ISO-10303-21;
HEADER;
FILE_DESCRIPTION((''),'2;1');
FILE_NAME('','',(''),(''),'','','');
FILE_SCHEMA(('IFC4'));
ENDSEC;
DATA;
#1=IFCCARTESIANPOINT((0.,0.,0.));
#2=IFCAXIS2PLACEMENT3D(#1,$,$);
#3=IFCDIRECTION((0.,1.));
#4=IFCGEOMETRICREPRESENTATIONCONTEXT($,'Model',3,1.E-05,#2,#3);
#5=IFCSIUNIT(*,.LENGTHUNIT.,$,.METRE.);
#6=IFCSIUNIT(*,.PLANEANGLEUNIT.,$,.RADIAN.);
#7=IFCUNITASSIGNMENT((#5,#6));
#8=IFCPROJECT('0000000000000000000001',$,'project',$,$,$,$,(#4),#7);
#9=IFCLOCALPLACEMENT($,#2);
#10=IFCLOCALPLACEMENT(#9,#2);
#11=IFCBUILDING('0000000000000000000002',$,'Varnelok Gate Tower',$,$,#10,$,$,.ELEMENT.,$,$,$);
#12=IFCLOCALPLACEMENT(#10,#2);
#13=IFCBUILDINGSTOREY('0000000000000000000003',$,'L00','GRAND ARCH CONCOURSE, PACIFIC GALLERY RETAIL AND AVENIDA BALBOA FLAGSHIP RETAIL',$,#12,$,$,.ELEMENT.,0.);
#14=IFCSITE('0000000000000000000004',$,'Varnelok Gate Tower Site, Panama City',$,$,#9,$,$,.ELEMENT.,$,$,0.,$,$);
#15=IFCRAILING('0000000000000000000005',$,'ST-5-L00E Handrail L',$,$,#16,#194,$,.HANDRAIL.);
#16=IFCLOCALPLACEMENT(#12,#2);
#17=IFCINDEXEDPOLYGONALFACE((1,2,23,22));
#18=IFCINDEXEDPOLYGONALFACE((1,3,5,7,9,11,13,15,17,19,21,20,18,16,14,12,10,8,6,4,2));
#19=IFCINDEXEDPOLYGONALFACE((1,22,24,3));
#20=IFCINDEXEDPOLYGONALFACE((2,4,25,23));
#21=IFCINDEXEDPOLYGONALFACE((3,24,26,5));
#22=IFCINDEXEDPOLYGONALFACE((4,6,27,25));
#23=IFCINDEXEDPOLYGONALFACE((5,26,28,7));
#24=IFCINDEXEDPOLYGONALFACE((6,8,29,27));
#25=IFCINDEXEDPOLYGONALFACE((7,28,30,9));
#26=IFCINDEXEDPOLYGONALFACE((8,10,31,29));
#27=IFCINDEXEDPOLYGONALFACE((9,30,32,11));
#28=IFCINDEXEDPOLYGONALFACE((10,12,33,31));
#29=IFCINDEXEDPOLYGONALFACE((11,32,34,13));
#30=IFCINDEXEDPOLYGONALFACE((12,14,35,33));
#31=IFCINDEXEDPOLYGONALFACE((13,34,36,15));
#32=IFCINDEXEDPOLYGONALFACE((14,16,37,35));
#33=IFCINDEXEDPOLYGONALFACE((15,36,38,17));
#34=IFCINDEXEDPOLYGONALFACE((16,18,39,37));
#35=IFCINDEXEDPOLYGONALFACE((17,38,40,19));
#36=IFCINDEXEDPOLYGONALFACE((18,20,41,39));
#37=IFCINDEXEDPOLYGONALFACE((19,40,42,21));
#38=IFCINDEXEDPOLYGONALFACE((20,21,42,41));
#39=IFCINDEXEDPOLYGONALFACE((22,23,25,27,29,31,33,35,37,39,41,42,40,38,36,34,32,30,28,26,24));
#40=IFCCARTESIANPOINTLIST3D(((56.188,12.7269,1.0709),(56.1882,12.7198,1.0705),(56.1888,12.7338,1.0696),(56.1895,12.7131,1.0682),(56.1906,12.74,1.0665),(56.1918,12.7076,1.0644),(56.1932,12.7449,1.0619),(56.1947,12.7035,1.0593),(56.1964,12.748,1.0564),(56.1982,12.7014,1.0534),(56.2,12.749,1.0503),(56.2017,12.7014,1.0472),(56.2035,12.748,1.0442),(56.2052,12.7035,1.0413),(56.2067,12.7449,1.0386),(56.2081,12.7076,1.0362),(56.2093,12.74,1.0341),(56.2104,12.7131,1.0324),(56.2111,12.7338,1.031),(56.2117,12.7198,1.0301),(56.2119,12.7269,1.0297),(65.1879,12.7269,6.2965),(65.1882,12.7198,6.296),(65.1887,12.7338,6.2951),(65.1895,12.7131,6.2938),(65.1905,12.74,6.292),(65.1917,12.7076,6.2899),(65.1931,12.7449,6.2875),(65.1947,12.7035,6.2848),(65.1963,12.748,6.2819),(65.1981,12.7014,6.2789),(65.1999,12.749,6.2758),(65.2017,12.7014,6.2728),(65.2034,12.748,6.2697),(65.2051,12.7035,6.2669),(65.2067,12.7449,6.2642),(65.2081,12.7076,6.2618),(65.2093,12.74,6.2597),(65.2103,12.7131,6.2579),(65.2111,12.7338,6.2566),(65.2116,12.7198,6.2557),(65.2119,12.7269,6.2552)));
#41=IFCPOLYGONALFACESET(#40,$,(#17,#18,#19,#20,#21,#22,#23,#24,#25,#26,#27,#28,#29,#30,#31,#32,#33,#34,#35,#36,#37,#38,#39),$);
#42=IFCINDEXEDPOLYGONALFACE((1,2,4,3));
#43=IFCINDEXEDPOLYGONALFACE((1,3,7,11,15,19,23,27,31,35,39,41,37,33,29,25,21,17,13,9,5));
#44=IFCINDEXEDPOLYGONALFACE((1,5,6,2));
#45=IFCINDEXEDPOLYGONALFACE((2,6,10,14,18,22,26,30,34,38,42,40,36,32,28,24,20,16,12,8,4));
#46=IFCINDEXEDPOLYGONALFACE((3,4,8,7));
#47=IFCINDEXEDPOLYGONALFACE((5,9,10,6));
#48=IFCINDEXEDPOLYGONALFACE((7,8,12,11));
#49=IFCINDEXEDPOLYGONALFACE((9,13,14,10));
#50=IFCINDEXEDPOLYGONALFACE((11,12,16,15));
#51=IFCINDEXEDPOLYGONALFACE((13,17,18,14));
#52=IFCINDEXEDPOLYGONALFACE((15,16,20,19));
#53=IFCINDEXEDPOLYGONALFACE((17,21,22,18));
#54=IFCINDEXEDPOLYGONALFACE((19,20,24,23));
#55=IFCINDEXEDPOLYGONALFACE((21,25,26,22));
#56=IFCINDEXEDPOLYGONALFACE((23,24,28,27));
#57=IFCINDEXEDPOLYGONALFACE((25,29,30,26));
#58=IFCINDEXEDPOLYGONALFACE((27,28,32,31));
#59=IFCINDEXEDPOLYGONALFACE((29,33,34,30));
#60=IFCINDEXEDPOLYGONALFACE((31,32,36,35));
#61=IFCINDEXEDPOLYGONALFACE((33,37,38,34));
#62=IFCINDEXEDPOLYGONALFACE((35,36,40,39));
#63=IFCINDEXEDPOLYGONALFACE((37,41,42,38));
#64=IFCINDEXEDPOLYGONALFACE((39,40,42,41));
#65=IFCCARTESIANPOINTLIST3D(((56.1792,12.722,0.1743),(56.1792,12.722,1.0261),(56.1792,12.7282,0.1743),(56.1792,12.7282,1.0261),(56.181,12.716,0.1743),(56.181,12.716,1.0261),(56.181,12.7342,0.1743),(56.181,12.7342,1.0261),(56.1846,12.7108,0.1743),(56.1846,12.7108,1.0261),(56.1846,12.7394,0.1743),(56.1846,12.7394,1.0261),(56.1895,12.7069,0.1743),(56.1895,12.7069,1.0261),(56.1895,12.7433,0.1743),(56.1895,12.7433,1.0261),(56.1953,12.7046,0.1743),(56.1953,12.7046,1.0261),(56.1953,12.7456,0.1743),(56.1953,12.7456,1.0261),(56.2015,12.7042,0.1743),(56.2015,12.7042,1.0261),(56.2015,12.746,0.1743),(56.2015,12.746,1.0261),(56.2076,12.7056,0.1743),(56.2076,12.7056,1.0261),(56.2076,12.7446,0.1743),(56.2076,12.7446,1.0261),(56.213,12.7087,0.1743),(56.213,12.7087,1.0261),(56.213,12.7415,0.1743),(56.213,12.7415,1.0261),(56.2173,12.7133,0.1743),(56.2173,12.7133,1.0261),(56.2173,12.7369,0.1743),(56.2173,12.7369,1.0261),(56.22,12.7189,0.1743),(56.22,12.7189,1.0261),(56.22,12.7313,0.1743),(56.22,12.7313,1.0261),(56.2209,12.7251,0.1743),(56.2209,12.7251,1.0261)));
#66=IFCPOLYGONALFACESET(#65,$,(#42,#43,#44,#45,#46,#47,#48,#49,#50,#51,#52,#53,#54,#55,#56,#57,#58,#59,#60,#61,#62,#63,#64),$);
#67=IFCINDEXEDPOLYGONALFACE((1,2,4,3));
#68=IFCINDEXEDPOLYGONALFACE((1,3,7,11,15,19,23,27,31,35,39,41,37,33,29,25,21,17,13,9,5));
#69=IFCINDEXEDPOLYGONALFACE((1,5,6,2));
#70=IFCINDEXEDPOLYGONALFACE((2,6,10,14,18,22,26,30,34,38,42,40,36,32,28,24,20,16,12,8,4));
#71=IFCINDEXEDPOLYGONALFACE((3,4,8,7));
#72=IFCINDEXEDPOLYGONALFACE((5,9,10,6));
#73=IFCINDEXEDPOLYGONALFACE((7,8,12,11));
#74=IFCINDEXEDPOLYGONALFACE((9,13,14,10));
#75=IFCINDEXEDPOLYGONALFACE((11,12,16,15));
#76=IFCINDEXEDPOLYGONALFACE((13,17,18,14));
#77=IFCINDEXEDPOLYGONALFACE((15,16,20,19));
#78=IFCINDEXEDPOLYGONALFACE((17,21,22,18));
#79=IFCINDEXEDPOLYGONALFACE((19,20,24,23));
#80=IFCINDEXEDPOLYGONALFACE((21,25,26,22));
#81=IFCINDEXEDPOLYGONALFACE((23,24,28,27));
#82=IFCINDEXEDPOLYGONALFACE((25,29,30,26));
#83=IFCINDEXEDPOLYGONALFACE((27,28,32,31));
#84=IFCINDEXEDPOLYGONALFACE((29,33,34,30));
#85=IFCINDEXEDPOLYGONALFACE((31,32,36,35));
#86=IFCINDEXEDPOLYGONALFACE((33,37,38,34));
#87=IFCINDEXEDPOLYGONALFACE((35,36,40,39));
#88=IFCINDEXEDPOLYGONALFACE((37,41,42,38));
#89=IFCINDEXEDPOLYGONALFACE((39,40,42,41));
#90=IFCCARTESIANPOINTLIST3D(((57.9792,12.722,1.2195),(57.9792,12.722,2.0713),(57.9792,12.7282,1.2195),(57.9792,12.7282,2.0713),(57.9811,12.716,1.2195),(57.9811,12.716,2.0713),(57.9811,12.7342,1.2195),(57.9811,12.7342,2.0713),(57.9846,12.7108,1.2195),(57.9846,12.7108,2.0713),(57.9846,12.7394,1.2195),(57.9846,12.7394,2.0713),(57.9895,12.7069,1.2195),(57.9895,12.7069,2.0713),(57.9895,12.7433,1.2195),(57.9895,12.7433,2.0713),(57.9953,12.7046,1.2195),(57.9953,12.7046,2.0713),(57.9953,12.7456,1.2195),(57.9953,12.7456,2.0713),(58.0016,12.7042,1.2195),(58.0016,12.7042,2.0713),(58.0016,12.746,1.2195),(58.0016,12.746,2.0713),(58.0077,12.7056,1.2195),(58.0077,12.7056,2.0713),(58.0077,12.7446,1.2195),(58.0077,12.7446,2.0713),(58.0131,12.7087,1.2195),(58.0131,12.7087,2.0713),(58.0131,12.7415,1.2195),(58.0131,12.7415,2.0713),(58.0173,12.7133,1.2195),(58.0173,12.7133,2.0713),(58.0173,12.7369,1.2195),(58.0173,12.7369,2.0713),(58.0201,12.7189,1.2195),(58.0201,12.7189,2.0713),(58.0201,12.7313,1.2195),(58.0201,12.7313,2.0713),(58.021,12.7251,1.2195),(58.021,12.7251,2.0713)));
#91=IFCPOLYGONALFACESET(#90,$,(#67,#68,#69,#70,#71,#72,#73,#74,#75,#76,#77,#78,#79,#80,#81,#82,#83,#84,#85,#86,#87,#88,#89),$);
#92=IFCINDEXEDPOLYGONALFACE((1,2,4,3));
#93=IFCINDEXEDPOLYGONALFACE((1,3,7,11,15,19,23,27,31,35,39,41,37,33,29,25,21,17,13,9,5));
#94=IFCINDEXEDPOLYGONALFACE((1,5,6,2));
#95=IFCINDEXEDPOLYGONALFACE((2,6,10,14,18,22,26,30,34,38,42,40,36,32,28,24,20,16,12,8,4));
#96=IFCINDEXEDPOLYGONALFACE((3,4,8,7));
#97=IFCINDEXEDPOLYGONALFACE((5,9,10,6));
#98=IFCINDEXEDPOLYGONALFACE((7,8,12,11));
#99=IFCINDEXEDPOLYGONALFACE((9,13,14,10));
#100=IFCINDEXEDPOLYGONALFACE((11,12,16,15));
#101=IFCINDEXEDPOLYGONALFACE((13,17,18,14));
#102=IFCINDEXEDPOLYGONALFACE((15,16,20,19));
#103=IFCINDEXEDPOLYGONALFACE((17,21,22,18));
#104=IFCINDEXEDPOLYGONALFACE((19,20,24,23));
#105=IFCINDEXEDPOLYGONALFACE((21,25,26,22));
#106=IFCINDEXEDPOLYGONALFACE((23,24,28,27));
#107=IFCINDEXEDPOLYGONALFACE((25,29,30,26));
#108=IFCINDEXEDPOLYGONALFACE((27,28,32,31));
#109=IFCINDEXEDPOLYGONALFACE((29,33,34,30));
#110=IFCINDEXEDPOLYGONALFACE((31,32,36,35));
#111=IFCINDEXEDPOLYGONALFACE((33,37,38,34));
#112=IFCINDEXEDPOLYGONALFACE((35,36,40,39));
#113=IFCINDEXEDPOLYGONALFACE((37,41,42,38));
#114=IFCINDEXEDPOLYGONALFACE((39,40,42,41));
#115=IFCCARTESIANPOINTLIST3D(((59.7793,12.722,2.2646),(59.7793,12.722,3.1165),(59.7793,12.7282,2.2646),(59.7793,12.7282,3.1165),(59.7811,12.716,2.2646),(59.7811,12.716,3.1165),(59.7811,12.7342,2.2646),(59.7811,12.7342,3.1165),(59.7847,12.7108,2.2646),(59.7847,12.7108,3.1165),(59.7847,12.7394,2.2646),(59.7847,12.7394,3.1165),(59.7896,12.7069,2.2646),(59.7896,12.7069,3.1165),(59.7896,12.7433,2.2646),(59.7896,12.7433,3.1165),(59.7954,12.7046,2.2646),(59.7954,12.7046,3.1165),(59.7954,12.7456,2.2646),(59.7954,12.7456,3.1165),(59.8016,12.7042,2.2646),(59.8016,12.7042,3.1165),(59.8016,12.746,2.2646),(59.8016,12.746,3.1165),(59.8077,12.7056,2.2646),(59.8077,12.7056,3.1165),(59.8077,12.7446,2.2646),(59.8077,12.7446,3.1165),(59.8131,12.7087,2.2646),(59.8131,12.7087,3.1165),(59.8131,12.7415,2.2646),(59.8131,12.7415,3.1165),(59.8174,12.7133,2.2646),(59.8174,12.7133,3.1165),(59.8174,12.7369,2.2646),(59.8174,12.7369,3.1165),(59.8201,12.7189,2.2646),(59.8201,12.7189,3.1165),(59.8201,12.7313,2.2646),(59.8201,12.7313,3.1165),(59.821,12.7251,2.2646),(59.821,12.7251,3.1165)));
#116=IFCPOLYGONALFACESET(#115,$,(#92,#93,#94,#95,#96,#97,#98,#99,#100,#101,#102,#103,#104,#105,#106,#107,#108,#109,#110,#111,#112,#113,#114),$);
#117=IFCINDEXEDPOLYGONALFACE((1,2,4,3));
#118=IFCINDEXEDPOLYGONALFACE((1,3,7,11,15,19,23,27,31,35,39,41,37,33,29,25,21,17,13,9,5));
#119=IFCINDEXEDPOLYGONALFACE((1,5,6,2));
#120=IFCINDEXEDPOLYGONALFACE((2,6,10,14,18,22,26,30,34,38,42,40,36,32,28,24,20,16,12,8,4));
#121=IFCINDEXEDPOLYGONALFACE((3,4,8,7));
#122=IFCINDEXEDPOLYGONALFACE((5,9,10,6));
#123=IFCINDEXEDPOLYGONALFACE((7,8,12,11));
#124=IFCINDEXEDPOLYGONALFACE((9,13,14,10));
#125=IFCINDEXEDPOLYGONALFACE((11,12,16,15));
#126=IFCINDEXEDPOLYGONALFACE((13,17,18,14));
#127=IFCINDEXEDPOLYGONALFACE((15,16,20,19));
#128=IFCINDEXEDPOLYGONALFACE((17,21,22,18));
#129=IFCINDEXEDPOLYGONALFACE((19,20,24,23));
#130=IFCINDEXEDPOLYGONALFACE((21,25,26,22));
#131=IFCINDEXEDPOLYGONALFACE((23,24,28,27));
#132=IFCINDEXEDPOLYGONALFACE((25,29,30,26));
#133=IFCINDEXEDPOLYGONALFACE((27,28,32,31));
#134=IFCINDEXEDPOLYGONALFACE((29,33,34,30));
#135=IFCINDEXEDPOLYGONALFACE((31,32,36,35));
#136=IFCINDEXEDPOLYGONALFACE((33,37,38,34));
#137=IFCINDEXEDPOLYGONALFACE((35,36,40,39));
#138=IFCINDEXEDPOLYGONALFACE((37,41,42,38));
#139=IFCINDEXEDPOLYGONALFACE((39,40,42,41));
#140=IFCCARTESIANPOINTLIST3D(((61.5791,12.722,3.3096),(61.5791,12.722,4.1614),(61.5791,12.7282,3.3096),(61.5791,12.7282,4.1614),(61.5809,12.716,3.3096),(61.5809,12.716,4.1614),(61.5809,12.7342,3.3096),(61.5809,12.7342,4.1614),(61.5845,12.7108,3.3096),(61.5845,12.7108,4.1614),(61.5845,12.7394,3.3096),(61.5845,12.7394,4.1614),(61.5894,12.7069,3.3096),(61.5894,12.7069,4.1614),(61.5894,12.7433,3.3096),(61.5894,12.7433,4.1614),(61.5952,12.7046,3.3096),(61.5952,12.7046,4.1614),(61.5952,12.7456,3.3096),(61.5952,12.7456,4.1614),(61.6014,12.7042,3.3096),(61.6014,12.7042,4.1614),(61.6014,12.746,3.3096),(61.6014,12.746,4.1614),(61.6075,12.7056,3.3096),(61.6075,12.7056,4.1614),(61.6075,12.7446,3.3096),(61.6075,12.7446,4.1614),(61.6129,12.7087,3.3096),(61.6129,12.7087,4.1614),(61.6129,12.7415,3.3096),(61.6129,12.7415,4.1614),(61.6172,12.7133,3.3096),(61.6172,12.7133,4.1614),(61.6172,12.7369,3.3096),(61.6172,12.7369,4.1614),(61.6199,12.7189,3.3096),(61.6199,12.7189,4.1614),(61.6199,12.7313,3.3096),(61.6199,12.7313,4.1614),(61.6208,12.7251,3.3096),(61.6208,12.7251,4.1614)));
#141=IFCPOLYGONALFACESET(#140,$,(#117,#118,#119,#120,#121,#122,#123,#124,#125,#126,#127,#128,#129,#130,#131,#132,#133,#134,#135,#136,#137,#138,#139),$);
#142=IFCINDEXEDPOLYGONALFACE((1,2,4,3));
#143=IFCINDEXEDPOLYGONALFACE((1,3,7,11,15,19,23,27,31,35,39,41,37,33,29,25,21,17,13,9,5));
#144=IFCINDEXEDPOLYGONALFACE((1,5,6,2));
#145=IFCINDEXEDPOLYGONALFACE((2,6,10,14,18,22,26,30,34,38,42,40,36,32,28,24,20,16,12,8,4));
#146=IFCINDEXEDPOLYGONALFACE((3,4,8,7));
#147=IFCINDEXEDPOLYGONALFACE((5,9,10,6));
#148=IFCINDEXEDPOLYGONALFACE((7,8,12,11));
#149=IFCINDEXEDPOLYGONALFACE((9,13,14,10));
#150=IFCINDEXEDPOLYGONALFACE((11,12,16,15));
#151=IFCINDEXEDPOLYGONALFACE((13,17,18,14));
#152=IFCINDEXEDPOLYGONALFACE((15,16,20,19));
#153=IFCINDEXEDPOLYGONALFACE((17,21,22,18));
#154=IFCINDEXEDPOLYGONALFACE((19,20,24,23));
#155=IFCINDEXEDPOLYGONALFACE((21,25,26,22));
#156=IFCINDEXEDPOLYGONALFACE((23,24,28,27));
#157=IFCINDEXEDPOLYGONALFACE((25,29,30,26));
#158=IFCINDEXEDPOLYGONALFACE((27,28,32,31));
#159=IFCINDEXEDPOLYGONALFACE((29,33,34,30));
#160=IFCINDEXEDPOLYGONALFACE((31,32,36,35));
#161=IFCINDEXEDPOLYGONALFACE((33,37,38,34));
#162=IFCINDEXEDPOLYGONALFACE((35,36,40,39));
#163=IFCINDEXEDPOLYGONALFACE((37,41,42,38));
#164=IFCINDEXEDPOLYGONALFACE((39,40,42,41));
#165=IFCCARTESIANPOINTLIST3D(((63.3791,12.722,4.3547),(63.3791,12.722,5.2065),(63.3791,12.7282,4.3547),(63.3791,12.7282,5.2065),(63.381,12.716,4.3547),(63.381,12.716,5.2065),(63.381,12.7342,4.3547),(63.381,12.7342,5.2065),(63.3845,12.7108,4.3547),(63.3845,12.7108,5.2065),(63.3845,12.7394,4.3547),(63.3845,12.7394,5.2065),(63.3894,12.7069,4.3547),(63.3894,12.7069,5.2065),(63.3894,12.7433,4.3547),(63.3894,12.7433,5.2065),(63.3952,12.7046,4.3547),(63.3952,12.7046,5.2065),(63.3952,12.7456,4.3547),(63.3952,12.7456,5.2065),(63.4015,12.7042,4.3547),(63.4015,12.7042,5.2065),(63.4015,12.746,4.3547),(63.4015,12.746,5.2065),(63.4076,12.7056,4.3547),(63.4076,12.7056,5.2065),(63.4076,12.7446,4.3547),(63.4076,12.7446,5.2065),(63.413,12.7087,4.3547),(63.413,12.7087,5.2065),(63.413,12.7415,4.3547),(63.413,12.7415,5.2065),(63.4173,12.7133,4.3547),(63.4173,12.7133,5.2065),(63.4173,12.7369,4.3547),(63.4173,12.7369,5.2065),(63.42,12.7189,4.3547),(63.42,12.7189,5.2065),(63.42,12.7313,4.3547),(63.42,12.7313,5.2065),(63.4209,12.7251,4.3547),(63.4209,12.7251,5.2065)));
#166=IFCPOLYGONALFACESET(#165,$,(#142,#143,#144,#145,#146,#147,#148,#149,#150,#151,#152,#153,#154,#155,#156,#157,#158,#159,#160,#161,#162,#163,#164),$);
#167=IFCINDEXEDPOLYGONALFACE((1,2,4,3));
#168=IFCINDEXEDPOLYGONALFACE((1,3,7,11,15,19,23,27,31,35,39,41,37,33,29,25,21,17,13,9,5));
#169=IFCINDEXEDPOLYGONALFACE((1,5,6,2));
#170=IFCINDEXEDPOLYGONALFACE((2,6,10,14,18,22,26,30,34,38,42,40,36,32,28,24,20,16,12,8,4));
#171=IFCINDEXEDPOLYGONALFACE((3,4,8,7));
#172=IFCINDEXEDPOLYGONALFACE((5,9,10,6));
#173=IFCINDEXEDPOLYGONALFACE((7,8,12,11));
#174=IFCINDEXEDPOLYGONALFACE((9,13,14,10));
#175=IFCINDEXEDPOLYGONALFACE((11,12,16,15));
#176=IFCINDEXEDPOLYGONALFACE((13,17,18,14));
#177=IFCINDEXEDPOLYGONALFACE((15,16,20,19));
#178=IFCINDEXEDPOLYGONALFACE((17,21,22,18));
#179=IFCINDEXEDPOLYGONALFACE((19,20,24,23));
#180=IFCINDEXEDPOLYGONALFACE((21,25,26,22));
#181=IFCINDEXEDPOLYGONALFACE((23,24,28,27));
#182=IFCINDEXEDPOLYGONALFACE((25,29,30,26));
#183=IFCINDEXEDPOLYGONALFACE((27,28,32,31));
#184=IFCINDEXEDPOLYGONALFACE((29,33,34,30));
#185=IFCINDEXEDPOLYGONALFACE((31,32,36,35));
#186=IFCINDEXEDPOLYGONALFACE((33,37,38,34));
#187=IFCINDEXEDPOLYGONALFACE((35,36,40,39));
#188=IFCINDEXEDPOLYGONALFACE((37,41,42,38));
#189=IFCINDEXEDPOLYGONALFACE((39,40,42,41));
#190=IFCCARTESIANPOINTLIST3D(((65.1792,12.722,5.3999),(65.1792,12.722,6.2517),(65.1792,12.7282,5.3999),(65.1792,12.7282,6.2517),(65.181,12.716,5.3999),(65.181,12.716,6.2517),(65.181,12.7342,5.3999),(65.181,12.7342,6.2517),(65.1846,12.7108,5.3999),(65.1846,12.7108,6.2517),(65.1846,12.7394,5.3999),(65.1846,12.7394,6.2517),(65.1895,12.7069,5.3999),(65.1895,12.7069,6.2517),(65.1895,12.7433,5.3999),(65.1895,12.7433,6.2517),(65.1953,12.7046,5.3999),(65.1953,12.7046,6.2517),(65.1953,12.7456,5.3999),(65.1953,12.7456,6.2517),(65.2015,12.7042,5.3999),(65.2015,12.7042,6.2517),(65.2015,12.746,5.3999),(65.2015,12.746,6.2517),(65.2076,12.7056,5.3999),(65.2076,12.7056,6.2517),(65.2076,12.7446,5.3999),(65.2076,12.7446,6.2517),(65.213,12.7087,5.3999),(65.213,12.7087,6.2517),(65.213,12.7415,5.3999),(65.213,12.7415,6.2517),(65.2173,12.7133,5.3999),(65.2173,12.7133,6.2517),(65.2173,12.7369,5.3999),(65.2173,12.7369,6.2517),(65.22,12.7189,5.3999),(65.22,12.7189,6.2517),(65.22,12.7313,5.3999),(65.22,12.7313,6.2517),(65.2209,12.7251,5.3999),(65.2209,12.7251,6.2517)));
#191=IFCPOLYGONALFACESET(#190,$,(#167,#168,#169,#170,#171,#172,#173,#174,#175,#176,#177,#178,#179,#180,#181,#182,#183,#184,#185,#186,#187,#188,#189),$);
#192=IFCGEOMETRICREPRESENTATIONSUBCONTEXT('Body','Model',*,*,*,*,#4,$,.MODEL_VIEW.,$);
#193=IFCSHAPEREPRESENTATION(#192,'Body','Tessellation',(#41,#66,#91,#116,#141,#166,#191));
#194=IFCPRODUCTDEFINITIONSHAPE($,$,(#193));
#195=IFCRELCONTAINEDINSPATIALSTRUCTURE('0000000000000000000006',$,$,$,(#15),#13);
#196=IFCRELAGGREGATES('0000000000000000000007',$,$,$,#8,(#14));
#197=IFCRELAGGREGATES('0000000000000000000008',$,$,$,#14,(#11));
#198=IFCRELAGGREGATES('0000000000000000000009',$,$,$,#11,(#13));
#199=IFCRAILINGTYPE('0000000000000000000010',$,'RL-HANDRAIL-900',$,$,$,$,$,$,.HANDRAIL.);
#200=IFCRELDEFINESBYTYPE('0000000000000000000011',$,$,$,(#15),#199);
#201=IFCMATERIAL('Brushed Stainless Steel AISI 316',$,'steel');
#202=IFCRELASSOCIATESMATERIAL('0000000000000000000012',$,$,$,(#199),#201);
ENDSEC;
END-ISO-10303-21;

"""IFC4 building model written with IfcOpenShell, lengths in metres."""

from ifc_helpers import new_model, si_unit, direction, frame, origin, origin_2d, place, context, subcontext, project, spatial, circle, extrude, material, type_object, element, save


model = new_model("IFC4")

# Units and contexts
model_context = context("Model", 3, precision=1e-05, world=origin(), true_north=direction((0.0, 1.0)))
body_context = subcontext(model_context, "Body", "Model", "MODEL_VIEW")
ifc_project = project(units=[si_unit("LENGTHUNIT", "METRE"), si_unit("PLANEANGLEUNIT", "RADIAN")], contexts=[model_context])

# Site, building, storey
site_placement = place(None, origin())
site = spatial("IfcSite", under=ifc_project, at=site_placement, Name="Varnelok Gate Tower Site, Panama City", CompositionType="ELEMENT", RefElevation=0.0)
building_placement = place(site_placement, origin())
building = spatial("IfcBuilding", under=site, at=building_placement, Name="Varnelok Gate Tower", CompositionType="ELEMENT")
storey_placement = place(building_placement, origin())
storey = spatial("IfcBuildingStorey", under=building, at=storey_placement, Name="L00", Description="GRAND ARCH CONCOURSE, PACIFIC GALLERY RETAIL AND AVENIDA BALBOA FLAGSHIP RETAIL", CompositionType="ELEMENT", Elevation=0.0)

# Railing
ifc_material_1 = material(Name="Brushed Stainless Steel AISI 316", Category="steel")
railing_type_1 = type_object("IfcRailingType", Name="RL-HANDRAIL-900", PredefinedType="HANDRAIL", material=ifc_material_1)
for number, where, name in (
    (1, (56.2, 12.7251, 0.1743), "ST-5-L00E Handrail L"),
):
    element("IfcRailing", number, at=place(storey_placement, frame(where)), inside=storey, type_object=railing_type_1, Name=name, PredefinedType="HANDRAIL", context=body_context, shape_type="SweptSolid", body=[
        extrude(circle(Radius=0.0239, at=origin_2d()), frame((0.0, 0.0, 0.876), z_axis=(0.864798, 0.0, 0.50212), x_axis=(0.0, 1.0, 0.0)), (0.0, 0.0, 1.0), 10.407),
        extrude(circle(Radius=0.021, at=origin_2d()), origin(), (0.0, 0.0, 1.0), 0.8518),
        extrude(circle(Radius=0.021, at=origin_2d()), frame((1.8, 0.0, 1.0452)), (0.0, 0.0, 1.0), 0.8518),
        extrude(circle(Radius=0.021, at=origin_2d()), frame((3.6001, 0.0, 2.0903)), (0.0, 0.0, 1.0), 0.8518),
        extrude(circle(Radius=0.021, at=origin_2d()), frame((5.3999, 0.0, 3.1353)), (0.0, 0.0, 1.0), 0.8518),
        extrude(circle(Radius=0.021, at=origin_2d()), frame((7.2, 0.0, 4.1804)), (0.0, 0.0, 1.0), 0.8518),
        extrude(circle(Radius=0.021, at=origin_2d()), frame((9.0, 0.0, 5.2256)), (0.0, 0.0, 1.0), 0.8518),
    ])

save(model, "model.ifc")
